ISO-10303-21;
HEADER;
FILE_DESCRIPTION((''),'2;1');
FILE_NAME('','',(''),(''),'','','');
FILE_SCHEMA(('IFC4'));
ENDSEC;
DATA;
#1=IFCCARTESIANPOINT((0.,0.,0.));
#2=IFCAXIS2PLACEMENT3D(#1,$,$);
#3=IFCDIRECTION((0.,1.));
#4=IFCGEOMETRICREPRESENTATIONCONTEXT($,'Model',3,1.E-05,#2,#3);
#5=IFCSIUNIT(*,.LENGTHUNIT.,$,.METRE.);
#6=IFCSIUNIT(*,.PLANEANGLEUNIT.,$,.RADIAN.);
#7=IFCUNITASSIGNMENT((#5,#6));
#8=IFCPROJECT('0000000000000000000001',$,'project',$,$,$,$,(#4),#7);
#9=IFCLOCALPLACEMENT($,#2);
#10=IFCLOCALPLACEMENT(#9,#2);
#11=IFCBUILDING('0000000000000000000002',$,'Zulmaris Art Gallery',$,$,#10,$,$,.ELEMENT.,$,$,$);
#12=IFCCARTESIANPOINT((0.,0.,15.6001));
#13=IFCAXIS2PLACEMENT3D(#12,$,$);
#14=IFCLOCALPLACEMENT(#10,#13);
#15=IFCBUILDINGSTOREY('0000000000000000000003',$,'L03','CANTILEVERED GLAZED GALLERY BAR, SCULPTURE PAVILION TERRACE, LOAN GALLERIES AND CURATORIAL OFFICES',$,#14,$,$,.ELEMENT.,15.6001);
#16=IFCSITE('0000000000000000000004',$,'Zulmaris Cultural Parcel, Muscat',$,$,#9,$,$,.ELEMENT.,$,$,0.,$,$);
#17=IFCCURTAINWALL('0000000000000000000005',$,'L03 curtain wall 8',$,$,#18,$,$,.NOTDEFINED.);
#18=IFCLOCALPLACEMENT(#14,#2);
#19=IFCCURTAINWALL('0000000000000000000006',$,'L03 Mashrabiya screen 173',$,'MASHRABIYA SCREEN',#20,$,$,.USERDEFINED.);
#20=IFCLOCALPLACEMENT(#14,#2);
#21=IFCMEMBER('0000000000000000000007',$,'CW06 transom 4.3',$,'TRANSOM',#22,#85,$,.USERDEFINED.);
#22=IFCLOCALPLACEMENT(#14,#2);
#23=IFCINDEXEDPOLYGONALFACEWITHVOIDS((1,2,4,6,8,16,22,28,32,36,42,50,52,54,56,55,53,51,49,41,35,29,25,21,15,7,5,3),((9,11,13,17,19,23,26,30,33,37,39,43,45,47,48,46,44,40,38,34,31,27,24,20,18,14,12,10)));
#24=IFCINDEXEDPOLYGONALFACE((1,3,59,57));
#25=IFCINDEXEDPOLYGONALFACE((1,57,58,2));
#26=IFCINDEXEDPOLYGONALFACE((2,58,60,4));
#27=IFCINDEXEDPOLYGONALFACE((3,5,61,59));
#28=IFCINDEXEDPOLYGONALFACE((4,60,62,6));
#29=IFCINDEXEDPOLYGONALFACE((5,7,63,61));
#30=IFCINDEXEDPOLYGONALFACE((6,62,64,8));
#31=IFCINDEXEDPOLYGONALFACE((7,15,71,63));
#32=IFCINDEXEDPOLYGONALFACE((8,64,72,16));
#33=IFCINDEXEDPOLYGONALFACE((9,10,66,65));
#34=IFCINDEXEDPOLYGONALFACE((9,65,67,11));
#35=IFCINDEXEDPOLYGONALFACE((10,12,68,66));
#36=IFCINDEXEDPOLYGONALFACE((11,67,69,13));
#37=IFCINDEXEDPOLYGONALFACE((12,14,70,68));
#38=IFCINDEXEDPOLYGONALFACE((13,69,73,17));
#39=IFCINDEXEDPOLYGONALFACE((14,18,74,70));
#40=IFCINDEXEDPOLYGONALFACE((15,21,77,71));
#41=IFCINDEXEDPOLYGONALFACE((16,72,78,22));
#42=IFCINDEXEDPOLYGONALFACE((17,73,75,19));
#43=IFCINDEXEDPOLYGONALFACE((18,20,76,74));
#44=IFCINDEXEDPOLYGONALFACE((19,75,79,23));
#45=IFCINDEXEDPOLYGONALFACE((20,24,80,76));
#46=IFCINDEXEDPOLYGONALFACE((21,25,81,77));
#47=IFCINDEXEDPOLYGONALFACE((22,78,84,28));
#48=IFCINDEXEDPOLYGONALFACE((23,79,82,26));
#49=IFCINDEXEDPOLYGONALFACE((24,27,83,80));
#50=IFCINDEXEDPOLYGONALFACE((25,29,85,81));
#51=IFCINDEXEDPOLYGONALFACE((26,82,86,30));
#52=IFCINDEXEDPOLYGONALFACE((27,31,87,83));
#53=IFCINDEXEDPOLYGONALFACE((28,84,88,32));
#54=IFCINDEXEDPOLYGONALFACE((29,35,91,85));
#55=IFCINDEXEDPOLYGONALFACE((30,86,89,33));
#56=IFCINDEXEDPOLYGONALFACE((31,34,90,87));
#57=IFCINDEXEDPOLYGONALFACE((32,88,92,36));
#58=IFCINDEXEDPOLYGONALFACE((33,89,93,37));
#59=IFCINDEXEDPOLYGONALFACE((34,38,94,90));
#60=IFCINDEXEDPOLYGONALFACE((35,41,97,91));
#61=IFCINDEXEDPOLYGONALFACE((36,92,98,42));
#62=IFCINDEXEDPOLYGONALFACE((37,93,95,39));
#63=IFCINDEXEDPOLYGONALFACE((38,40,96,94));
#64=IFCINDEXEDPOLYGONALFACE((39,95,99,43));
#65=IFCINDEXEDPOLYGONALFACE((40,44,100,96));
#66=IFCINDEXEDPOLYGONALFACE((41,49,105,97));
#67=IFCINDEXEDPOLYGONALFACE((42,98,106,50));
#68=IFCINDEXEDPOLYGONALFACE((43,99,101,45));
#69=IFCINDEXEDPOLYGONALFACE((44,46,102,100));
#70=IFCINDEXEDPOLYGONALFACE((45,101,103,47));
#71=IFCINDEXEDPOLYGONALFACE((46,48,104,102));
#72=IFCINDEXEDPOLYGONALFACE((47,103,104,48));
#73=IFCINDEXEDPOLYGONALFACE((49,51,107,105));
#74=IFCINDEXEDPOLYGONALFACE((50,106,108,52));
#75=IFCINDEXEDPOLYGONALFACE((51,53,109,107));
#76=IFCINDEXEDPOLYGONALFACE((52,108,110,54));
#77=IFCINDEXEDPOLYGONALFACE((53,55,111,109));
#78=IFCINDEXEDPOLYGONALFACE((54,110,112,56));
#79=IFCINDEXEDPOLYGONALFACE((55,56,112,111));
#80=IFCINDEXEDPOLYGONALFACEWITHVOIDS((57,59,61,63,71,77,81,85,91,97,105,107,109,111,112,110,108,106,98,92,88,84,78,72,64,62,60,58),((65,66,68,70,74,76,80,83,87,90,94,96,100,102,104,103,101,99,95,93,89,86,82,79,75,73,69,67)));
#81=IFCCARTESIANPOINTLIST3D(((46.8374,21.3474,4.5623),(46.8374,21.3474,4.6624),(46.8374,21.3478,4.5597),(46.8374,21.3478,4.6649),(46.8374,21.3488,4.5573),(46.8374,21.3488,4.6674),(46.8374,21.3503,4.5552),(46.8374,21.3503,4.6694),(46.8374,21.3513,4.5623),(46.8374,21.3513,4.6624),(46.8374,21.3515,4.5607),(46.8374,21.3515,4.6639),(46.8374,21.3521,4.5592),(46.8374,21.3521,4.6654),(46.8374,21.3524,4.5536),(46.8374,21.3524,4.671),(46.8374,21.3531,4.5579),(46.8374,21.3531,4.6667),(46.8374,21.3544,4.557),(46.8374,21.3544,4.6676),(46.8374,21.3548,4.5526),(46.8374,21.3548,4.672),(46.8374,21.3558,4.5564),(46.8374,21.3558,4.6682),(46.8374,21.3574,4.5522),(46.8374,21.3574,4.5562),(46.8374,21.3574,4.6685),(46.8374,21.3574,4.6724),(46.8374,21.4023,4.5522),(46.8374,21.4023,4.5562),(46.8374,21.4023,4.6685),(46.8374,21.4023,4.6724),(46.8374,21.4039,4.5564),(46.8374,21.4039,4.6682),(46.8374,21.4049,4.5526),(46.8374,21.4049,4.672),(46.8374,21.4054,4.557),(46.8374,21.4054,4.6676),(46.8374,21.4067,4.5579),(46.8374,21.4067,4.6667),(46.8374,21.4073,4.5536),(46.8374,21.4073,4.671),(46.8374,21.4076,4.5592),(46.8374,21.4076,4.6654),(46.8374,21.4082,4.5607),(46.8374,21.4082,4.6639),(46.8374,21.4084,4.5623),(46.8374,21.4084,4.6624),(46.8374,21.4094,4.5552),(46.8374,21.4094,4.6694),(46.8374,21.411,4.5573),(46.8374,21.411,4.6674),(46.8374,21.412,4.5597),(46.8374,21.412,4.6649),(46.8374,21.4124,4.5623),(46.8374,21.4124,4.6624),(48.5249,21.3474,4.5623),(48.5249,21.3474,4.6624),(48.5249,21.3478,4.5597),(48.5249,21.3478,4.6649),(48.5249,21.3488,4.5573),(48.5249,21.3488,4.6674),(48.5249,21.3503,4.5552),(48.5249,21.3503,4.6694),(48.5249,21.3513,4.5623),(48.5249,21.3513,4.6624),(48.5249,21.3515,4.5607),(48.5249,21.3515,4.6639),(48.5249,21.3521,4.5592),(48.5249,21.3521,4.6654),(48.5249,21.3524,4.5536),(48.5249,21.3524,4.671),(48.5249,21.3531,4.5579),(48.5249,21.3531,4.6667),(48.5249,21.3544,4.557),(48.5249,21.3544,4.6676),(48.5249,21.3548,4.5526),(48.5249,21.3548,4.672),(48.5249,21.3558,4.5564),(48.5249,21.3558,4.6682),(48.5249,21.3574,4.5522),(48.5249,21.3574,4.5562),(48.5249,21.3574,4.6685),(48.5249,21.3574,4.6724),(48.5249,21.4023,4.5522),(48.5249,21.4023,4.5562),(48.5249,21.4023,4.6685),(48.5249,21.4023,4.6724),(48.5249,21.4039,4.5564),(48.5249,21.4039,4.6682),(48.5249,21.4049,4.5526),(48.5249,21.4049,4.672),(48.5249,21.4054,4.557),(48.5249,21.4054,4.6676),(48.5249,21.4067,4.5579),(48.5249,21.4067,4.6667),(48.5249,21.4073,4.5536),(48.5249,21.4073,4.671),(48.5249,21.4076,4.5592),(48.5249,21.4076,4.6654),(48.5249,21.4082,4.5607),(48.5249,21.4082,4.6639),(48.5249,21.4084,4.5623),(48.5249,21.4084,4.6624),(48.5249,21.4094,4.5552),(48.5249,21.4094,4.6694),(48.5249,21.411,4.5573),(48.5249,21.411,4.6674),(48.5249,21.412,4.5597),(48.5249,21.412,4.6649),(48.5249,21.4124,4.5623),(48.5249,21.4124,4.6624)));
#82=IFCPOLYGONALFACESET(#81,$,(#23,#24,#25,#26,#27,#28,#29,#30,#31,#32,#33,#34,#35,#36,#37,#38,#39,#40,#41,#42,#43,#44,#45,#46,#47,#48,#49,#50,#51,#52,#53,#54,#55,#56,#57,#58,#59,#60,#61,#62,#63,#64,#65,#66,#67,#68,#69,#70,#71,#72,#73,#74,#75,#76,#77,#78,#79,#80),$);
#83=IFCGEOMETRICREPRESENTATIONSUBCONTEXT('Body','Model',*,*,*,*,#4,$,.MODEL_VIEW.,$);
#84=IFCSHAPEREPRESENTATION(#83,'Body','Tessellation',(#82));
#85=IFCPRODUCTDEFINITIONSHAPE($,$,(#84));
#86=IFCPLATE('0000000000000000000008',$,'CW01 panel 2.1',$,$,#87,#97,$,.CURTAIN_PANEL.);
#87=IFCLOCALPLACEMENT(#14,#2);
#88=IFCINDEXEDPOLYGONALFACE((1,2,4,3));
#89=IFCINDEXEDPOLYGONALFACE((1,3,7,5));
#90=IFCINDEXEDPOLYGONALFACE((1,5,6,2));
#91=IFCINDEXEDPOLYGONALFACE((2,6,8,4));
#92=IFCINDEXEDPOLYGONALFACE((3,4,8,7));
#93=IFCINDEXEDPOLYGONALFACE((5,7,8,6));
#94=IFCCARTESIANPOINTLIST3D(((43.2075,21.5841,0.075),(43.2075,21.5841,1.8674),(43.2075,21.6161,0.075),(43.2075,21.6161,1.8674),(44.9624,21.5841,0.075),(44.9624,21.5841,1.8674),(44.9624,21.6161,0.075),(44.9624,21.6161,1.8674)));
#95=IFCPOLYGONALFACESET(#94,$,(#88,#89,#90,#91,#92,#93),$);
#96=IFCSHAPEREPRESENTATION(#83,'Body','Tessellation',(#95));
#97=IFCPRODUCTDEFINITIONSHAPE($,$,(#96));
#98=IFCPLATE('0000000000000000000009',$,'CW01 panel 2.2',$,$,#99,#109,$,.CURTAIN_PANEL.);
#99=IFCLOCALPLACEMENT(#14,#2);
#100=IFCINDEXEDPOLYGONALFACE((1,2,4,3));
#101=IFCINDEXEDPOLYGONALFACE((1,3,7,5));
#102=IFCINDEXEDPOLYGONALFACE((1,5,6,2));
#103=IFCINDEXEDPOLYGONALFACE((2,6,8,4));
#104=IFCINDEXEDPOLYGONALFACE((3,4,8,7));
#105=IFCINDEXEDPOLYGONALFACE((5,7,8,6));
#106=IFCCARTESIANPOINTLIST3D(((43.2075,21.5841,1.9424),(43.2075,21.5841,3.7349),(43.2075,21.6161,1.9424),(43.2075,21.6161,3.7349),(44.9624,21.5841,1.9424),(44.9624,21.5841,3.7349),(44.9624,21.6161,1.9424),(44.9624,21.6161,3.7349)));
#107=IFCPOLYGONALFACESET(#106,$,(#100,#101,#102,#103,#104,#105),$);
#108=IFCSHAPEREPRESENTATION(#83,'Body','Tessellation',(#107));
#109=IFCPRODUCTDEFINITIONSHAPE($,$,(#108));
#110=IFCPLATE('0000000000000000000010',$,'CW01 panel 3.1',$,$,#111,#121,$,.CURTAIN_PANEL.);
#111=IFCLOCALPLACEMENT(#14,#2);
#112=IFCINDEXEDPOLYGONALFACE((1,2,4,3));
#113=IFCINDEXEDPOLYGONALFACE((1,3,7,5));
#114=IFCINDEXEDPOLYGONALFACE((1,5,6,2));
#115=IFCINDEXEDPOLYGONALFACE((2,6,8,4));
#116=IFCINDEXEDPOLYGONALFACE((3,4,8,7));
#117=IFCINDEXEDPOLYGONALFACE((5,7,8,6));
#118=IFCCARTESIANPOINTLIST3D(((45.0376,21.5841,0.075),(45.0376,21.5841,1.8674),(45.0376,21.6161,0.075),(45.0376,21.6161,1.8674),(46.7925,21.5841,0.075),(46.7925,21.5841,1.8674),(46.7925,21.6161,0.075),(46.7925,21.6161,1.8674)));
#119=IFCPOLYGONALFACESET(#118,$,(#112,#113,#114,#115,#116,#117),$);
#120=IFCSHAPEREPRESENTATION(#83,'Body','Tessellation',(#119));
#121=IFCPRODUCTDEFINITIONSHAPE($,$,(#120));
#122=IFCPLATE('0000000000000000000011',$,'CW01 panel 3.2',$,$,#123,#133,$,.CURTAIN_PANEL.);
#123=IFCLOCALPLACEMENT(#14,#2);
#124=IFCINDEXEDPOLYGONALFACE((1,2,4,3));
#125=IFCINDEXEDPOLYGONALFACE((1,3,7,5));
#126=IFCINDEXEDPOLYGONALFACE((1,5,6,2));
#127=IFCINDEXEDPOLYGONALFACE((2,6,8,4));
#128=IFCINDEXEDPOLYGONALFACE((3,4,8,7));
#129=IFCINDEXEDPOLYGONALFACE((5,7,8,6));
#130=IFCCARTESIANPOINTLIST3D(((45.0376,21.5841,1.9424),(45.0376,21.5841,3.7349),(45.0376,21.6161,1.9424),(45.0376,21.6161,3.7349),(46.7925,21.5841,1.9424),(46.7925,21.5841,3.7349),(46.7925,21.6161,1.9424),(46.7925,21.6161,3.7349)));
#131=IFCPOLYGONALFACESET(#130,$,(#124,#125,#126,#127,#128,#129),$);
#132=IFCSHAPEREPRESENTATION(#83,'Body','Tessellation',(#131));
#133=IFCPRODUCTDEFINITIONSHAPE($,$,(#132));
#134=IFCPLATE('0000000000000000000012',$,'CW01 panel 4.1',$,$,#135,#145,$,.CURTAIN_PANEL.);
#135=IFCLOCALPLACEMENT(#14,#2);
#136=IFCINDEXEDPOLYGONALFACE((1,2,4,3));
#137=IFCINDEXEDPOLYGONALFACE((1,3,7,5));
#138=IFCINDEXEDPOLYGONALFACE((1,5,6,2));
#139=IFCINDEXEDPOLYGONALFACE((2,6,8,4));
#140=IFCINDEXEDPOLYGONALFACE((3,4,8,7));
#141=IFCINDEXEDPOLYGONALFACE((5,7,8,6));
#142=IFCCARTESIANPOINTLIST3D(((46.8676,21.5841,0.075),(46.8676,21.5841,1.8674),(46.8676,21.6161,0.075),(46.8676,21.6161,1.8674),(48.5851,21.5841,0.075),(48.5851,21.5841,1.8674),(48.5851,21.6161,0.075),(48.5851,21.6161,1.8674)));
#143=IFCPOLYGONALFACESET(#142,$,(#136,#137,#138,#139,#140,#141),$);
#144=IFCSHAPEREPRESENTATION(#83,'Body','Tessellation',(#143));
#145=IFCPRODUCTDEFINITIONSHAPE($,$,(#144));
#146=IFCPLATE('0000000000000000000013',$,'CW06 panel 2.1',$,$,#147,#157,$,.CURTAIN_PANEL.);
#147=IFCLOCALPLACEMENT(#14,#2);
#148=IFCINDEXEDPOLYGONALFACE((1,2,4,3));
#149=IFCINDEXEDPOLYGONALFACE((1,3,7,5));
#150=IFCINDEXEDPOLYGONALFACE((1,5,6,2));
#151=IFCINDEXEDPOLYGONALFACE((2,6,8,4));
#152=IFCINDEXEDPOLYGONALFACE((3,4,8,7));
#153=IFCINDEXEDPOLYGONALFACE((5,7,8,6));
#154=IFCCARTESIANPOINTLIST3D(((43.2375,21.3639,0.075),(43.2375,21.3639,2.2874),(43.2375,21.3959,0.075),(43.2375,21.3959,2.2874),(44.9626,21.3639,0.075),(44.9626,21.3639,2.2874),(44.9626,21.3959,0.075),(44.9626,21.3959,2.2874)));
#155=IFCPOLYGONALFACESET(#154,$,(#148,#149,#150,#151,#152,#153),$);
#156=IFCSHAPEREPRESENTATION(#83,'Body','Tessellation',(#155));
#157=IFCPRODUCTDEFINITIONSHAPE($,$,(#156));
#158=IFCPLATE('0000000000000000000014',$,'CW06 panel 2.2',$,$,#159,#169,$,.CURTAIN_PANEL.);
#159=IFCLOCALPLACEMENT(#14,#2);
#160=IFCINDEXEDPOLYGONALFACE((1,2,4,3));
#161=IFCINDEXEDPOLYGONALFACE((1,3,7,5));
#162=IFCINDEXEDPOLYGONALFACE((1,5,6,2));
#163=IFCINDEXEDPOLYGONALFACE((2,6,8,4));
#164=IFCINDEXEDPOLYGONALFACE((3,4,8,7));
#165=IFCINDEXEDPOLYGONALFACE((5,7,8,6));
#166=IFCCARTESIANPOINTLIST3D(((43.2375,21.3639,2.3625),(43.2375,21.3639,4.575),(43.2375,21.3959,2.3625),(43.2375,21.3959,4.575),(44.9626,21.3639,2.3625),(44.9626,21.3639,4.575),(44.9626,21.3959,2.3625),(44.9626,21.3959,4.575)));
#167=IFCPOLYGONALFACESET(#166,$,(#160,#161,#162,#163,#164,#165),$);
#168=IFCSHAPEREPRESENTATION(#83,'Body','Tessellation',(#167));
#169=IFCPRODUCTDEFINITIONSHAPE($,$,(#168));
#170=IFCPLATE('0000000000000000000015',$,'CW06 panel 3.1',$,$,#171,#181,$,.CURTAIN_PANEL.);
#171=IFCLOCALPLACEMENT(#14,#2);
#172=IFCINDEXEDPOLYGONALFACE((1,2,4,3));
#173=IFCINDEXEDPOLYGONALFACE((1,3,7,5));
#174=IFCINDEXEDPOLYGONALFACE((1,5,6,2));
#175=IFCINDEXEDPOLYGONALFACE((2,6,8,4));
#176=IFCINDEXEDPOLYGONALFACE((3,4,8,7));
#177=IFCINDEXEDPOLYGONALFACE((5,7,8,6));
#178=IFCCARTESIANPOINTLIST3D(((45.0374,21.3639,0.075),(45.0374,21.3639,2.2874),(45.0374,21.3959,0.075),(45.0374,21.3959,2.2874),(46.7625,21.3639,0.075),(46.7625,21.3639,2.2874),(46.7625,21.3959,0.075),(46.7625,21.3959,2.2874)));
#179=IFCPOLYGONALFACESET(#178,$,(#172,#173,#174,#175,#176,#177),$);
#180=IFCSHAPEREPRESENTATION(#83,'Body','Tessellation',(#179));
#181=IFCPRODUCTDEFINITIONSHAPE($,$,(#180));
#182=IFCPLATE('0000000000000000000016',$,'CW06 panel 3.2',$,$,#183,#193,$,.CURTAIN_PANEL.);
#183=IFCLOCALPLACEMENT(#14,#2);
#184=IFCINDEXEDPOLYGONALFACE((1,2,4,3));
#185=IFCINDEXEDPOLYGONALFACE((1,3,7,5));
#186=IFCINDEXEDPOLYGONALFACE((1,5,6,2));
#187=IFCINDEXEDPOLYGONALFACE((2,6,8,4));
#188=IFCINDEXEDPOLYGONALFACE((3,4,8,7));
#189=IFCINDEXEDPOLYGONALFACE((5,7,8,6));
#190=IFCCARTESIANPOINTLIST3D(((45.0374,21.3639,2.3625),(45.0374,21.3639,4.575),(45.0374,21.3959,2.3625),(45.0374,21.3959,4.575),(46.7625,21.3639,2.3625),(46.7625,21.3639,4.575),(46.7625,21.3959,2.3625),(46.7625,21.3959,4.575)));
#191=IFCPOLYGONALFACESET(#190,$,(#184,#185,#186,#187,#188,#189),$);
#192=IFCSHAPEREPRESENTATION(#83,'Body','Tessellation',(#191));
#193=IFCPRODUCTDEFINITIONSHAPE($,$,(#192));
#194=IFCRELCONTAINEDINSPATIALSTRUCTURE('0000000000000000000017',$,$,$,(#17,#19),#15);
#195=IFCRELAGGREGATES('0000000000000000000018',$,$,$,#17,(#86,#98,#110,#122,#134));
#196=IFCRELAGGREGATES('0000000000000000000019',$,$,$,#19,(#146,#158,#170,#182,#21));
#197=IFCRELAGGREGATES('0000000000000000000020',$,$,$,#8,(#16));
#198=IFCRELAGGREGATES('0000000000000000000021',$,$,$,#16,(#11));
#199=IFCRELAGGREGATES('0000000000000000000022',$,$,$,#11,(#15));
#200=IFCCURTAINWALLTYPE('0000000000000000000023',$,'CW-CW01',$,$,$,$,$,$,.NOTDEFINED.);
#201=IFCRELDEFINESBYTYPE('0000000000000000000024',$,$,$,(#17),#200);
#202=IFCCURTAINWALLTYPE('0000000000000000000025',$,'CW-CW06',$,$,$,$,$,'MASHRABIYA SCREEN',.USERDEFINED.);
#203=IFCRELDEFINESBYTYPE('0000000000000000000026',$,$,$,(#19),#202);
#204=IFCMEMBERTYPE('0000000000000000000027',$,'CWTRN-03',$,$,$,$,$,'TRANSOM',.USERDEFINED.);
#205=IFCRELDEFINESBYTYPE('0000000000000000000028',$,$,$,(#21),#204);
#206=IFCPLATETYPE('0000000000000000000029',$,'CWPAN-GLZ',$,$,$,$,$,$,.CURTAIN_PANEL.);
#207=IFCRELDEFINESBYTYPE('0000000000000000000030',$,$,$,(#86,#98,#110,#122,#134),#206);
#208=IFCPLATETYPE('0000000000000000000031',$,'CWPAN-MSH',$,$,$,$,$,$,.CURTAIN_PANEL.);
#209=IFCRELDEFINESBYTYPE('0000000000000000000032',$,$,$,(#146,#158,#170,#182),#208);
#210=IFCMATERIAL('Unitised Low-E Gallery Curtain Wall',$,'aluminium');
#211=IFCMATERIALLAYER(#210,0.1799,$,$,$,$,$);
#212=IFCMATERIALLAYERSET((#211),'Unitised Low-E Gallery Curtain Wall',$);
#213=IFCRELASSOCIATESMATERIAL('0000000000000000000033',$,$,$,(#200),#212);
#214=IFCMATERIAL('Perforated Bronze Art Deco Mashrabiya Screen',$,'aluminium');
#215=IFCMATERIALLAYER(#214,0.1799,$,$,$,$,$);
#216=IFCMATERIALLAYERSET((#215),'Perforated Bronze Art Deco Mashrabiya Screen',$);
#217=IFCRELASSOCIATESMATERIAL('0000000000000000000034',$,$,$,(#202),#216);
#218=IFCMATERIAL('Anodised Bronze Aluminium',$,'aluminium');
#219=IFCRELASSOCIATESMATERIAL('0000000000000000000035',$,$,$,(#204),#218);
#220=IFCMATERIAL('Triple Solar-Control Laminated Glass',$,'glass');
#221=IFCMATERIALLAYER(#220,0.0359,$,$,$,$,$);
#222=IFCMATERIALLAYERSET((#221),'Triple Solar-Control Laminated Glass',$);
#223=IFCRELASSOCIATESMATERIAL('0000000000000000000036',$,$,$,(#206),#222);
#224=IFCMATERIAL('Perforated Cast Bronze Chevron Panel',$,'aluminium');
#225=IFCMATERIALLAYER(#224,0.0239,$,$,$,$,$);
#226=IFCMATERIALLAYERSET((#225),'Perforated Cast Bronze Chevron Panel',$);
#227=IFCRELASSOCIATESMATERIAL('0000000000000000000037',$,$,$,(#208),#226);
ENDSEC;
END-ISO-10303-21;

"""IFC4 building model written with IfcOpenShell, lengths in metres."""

from ifc_helpers import new_model, si_unit, direction, frame, origin, origin_2d, place, context, subcontext, project, spatial, rectangle, hollow_rectangle, extrude, material, layer, layer_set, material_profile, profile_set, type_object, element, aggregate, save


model = new_model("IFC4")

# Units and contexts
model_context = context("Model", 3, precision=1e-05, world=origin(), true_north=direction((0.0, 1.0)))
body_context = subcontext(model_context, "Body", "Model", "MODEL_VIEW")
ifc_project = project(units=[si_unit("LENGTHUNIT", "METRE"), si_unit("PLANEANGLEUNIT", "RADIAN")], contexts=[model_context])

# Site, building, storey
site_placement = place(None, origin())
site = spatial("IfcSite", under=ifc_project, at=site_placement, Name="Zulmaris Cultural Parcel, Muscat", CompositionType="ELEMENT", RefElevation=0.0)
building_placement = place(site_placement, origin())
building = spatial("IfcBuilding", under=site, at=building_placement, Name="Zulmaris Art Gallery", CompositionType="ELEMENT")
storey_placement = place(building_placement, frame((0.0, 0.0, 15.6001)))
storey = spatial("IfcBuildingStorey", under=building, at=storey_placement, Name="L03", Description="CANTILEVERED GLAZED GALLERY BAR, SCULPTURE PAVILION TERRACE, LOAN GALLERIES AND CURATORIAL OFFICES", CompositionType="ELEMENT", Elevation=15.6001)

# Curtain walls
ifc_material_1 = material(Name="Unitised Low-E Gallery Curtain Wall", Category="aluminium")
ifc_layer_1 = layer(ifc_material_1, 0.1799)
ifc_layer_set_1 = layer_set([ifc_layer_1], Name="Unitised Low-E Gallery Curtain Wall")
curtain_wall_type_1 = type_object("IfcCurtainWallType", Name="CW-CW01", PredefinedType="NOTDEFINED", material=ifc_layer_set_1)
curtain_wall_1_placement = place(storey_placement, origin())
curtain_wall_1 = element("IfcCurtainWall", 1, at=curtain_wall_1_placement, inside=storey, type_object=curtain_wall_type_1, Name="L03 curtain wall 8", PredefinedType="NOTDEFINED")
ifc_material_2 = material(Name="Anodised Bronze Aluminium", Category="aluminium")
ifc_material_3 = material(Name="Perforated Bronze Art Deco Mashrabiya Screen", Category="aluminium")
ifc_layer_2 = layer(ifc_material_3, 0.1799)
ifc_layer_set_2 = layer_set([ifc_layer_2], Name="Perforated Bronze Art Deco Mashrabiya Screen")
curtain_wall_type_2 = type_object("IfcCurtainWallType", Name="CW-CW06", ElementType="MASHRABIYA SCREEN", PredefinedType="USERDEFINED", material=ifc_layer_set_2)
curtain_wall_2_placement = place(storey_placement, origin())
curtain_wall_2 = element("IfcCurtainWall", 2, at=curtain_wall_2_placement, inside=storey, type_object=curtain_wall_type_2, Name="L03 Mashrabiya screen 173", ObjectType="MASHRABIYA SCREEN", PredefinedType="USERDEFINED")

# Member
ifc_material_profile_1 = material_profile(ifc_material_2, hollow_rectangle(XDim=0.0649, YDim=0.1201, WallThickness=0.0039, InnerFilletRadius=0.0061, OuterFilletRadius=0.01, at=origin_2d()), Name="ALU 65x120x4")
ifc_profile_set_1 = profile_set([ifc_material_profile_1], Name="Anodised Bronze Aluminium")
member_type_1 = type_object("IfcMemberType", Name="CWTRN-03", ElementType="TRANSOM", PredefinedType="USERDEFINED", material=ifc_profile_set_1)
member_1_placement = place(storey_placement, frame((46.8374, 21.3799, 4.6123), z_axis=(1.0, 0.0, 0.0), x_axis=(0.0, 1.0, 0.0)))
member_1 = element("IfcMember", 3, at=member_1_placement, type_object=member_type_1, Name="CW06 transom 4.3", ObjectType="TRANSOM", PredefinedType="USERDEFINED", context=body_context, shape_type="SweptSolid", body=[
    extrude(hollow_rectangle(XDim=0.0649, YDim=0.1201, WallThickness=0.0039, InnerFilletRadius=0.0061, OuterFilletRadius=0.01, at=origin_2d()), origin(), (0.0, 0.0, 1.0), 1.6875),
])

# Plates
ifc_material_4 = material(Name="Triple Solar-Control Laminated Glass", Category="glass")
ifc_layer_3 = layer(ifc_material_4, 0.0359)
ifc_layer_set_3 = layer_set([ifc_layer_3], Name="Triple Solar-Control Laminated Glass")
plate_type_1 = type_object("IfcPlateType", Name="CWPAN-GLZ", PredefinedType="CURTAIN_PANEL", material=ifc_layer_set_3)
plate_1_placement = place(storey_placement, frame((44.085, 21.6001, 0.075), z_axis=(0.0, 0.0, 1.0), x_axis=(1.0, 0.0, 0.0)))
plate_1 = element("IfcPlate", 4, at=plate_1_placement, type_object=plate_type_1, Name="CW01 panel 2.1", PredefinedType="CURTAIN_PANEL", context=body_context, shape_type="SweptSolid", body=[
    extrude(rectangle(XDim=1.7549, YDim=0.032, at=origin_2d()), origin(), (0.0, 0.0, 1.0), 1.7925),
])
plate_2_placement = place(storey_placement, frame((44.085, 21.6001, 1.9424), z_axis=(0.0, 0.0, 1.0), x_axis=(1.0, 0.0, 0.0)))
plate_2 = element("IfcPlate", 5, at=plate_2_placement, type_object=plate_type_1, Name="CW01 panel 2.2", PredefinedType="CURTAIN_PANEL", context=body_context, shape_type="SweptSolid", body=[
    extrude(rectangle(XDim=1.7549, YDim=0.032, at=origin_2d()), origin(), (0.0, 0.0, 1.0), 1.7925),
])
plate_3_placement = place(storey_placement, frame((45.915, 21.6001, 0.075), z_axis=(0.0, 0.0, 1.0), x_axis=(1.0, 0.0, 0.0)))
plate_3 = element("IfcPlate", 6, at=plate_3_placement, type_object=plate_type_1, Name="CW01 panel 3.1", PredefinedType="CURTAIN_PANEL", context=body_context, shape_type="SweptSolid", body=[
    extrude(rectangle(XDim=1.7549, YDim=0.032, at=origin_2d()), origin(), (0.0, 0.0, 1.0), 1.7925),
])
plate_4_placement = place(storey_placement, frame((45.915, 21.6001, 1.9424), z_axis=(0.0, 0.0, 1.0), x_axis=(1.0, 0.0, 0.0)))
plate_4 = element("IfcPlate", 7, at=plate_4_placement, type_object=plate_type_1, Name="CW01 panel 3.2", PredefinedType="CURTAIN_PANEL", context=body_context, shape_type="SweptSolid", body=[
    extrude(rectangle(XDim=1.7549, YDim=0.032, at=origin_2d()), origin(), (0.0, 0.0, 1.0), 1.7925),
])
plate_5_placement = place(storey_placement, frame((47.7263, 21.6001, 0.075), z_axis=(0.0, 0.0, 1.0), x_axis=(1.0, 0.0, 0.0)))
plate_5 = element("IfcPlate", 8, at=plate_5_placement, type_object=plate_type_1, Name="CW01 panel 4.1", PredefinedType="CURTAIN_PANEL", context=body_context, shape_type="SweptSolid", body=[
    extrude(rectangle(XDim=1.7175, YDim=0.032, at=origin_2d()), origin(), (0.0, 0.0, 1.0), 1.7925),
])
aggregate(curtain_wall_1, [plate_1, plate_2, plate_3, plate_4, plate_5])
ifc_material_5 = material(Name="Perforated Cast Bronze Chevron Panel", Category="aluminium")
ifc_layer_4 = layer(ifc_material_5, 0.0239)
ifc_layer_set_4 = layer_set([ifc_layer_4], Name="Perforated Cast Bronze Chevron Panel")
plate_type_2 = type_object("IfcPlateType", Name="CWPAN-MSH", PredefinedType="CURTAIN_PANEL", material=ifc_layer_set_4)
plate_6_placement = place(storey_placement, frame((44.1001, 21.3799, 0.075), z_axis=(0.0, 0.0, 1.0), x_axis=(1.0, 0.0, 0.0)))
plate_6 = element("IfcPlate", 9, at=plate_6_placement, type_object=plate_type_2, Name="CW06 panel 2.1", PredefinedType="CURTAIN_PANEL", context=body_context, shape_type="SweptSolid", body=[
    extrude(rectangle(XDim=1.7251, YDim=0.032, at=origin_2d()), origin(), (0.0, 0.0, 1.0), 2.2124),
])
plate_7_placement = place(storey_placement, frame((44.1001, 21.3799, 2.3625), z_axis=(0.0, 0.0, 1.0), x_axis=(1.0, 0.0, 0.0)))
plate_7 = element("IfcPlate", 10, at=plate_7_placement, type_object=plate_type_2, Name="CW06 panel 2.2", PredefinedType="CURTAIN_PANEL", context=body_context, shape_type="SweptSolid", body=[
    extrude(rectangle(XDim=1.7251, YDim=0.032, at=origin_2d()), origin(), (0.0, 0.0, 1.0), 2.2124),
])
plate_8_placement = place(storey_placement, frame((45.8999, 21.3799, 0.075), z_axis=(0.0, 0.0, 1.0), x_axis=(1.0, 0.0, 0.0)))
plate_8 = element("IfcPlate", 11, at=plate_8_placement, type_object=plate_type_2, Name="CW06 panel 3.1", PredefinedType="CURTAIN_PANEL", context=body_context, shape_type="SweptSolid", body=[
    extrude(rectangle(XDim=1.7251, YDim=0.032, at=origin_2d()), origin(), (0.0, 0.0, 1.0), 2.2124),
])
plate_9_placement = place(storey_placement, frame((45.8999, 21.3799, 2.3625), z_axis=(0.0, 0.0, 1.0), x_axis=(1.0, 0.0, 0.0)))
plate_9 = element("IfcPlate", 12, at=plate_9_placement, type_object=plate_type_2, Name="CW06 panel 3.2", PredefinedType="CURTAIN_PANEL", context=body_context, shape_type="SweptSolid", body=[
    extrude(rectangle(XDim=1.7251, YDim=0.032, at=origin_2d()), origin(), (0.0, 0.0, 1.0), 2.2124),
])
aggregate(curtain_wall_2, [plate_6, plate_7, plate_8, plate_9, member_1])

save(model, "model.ifc")
